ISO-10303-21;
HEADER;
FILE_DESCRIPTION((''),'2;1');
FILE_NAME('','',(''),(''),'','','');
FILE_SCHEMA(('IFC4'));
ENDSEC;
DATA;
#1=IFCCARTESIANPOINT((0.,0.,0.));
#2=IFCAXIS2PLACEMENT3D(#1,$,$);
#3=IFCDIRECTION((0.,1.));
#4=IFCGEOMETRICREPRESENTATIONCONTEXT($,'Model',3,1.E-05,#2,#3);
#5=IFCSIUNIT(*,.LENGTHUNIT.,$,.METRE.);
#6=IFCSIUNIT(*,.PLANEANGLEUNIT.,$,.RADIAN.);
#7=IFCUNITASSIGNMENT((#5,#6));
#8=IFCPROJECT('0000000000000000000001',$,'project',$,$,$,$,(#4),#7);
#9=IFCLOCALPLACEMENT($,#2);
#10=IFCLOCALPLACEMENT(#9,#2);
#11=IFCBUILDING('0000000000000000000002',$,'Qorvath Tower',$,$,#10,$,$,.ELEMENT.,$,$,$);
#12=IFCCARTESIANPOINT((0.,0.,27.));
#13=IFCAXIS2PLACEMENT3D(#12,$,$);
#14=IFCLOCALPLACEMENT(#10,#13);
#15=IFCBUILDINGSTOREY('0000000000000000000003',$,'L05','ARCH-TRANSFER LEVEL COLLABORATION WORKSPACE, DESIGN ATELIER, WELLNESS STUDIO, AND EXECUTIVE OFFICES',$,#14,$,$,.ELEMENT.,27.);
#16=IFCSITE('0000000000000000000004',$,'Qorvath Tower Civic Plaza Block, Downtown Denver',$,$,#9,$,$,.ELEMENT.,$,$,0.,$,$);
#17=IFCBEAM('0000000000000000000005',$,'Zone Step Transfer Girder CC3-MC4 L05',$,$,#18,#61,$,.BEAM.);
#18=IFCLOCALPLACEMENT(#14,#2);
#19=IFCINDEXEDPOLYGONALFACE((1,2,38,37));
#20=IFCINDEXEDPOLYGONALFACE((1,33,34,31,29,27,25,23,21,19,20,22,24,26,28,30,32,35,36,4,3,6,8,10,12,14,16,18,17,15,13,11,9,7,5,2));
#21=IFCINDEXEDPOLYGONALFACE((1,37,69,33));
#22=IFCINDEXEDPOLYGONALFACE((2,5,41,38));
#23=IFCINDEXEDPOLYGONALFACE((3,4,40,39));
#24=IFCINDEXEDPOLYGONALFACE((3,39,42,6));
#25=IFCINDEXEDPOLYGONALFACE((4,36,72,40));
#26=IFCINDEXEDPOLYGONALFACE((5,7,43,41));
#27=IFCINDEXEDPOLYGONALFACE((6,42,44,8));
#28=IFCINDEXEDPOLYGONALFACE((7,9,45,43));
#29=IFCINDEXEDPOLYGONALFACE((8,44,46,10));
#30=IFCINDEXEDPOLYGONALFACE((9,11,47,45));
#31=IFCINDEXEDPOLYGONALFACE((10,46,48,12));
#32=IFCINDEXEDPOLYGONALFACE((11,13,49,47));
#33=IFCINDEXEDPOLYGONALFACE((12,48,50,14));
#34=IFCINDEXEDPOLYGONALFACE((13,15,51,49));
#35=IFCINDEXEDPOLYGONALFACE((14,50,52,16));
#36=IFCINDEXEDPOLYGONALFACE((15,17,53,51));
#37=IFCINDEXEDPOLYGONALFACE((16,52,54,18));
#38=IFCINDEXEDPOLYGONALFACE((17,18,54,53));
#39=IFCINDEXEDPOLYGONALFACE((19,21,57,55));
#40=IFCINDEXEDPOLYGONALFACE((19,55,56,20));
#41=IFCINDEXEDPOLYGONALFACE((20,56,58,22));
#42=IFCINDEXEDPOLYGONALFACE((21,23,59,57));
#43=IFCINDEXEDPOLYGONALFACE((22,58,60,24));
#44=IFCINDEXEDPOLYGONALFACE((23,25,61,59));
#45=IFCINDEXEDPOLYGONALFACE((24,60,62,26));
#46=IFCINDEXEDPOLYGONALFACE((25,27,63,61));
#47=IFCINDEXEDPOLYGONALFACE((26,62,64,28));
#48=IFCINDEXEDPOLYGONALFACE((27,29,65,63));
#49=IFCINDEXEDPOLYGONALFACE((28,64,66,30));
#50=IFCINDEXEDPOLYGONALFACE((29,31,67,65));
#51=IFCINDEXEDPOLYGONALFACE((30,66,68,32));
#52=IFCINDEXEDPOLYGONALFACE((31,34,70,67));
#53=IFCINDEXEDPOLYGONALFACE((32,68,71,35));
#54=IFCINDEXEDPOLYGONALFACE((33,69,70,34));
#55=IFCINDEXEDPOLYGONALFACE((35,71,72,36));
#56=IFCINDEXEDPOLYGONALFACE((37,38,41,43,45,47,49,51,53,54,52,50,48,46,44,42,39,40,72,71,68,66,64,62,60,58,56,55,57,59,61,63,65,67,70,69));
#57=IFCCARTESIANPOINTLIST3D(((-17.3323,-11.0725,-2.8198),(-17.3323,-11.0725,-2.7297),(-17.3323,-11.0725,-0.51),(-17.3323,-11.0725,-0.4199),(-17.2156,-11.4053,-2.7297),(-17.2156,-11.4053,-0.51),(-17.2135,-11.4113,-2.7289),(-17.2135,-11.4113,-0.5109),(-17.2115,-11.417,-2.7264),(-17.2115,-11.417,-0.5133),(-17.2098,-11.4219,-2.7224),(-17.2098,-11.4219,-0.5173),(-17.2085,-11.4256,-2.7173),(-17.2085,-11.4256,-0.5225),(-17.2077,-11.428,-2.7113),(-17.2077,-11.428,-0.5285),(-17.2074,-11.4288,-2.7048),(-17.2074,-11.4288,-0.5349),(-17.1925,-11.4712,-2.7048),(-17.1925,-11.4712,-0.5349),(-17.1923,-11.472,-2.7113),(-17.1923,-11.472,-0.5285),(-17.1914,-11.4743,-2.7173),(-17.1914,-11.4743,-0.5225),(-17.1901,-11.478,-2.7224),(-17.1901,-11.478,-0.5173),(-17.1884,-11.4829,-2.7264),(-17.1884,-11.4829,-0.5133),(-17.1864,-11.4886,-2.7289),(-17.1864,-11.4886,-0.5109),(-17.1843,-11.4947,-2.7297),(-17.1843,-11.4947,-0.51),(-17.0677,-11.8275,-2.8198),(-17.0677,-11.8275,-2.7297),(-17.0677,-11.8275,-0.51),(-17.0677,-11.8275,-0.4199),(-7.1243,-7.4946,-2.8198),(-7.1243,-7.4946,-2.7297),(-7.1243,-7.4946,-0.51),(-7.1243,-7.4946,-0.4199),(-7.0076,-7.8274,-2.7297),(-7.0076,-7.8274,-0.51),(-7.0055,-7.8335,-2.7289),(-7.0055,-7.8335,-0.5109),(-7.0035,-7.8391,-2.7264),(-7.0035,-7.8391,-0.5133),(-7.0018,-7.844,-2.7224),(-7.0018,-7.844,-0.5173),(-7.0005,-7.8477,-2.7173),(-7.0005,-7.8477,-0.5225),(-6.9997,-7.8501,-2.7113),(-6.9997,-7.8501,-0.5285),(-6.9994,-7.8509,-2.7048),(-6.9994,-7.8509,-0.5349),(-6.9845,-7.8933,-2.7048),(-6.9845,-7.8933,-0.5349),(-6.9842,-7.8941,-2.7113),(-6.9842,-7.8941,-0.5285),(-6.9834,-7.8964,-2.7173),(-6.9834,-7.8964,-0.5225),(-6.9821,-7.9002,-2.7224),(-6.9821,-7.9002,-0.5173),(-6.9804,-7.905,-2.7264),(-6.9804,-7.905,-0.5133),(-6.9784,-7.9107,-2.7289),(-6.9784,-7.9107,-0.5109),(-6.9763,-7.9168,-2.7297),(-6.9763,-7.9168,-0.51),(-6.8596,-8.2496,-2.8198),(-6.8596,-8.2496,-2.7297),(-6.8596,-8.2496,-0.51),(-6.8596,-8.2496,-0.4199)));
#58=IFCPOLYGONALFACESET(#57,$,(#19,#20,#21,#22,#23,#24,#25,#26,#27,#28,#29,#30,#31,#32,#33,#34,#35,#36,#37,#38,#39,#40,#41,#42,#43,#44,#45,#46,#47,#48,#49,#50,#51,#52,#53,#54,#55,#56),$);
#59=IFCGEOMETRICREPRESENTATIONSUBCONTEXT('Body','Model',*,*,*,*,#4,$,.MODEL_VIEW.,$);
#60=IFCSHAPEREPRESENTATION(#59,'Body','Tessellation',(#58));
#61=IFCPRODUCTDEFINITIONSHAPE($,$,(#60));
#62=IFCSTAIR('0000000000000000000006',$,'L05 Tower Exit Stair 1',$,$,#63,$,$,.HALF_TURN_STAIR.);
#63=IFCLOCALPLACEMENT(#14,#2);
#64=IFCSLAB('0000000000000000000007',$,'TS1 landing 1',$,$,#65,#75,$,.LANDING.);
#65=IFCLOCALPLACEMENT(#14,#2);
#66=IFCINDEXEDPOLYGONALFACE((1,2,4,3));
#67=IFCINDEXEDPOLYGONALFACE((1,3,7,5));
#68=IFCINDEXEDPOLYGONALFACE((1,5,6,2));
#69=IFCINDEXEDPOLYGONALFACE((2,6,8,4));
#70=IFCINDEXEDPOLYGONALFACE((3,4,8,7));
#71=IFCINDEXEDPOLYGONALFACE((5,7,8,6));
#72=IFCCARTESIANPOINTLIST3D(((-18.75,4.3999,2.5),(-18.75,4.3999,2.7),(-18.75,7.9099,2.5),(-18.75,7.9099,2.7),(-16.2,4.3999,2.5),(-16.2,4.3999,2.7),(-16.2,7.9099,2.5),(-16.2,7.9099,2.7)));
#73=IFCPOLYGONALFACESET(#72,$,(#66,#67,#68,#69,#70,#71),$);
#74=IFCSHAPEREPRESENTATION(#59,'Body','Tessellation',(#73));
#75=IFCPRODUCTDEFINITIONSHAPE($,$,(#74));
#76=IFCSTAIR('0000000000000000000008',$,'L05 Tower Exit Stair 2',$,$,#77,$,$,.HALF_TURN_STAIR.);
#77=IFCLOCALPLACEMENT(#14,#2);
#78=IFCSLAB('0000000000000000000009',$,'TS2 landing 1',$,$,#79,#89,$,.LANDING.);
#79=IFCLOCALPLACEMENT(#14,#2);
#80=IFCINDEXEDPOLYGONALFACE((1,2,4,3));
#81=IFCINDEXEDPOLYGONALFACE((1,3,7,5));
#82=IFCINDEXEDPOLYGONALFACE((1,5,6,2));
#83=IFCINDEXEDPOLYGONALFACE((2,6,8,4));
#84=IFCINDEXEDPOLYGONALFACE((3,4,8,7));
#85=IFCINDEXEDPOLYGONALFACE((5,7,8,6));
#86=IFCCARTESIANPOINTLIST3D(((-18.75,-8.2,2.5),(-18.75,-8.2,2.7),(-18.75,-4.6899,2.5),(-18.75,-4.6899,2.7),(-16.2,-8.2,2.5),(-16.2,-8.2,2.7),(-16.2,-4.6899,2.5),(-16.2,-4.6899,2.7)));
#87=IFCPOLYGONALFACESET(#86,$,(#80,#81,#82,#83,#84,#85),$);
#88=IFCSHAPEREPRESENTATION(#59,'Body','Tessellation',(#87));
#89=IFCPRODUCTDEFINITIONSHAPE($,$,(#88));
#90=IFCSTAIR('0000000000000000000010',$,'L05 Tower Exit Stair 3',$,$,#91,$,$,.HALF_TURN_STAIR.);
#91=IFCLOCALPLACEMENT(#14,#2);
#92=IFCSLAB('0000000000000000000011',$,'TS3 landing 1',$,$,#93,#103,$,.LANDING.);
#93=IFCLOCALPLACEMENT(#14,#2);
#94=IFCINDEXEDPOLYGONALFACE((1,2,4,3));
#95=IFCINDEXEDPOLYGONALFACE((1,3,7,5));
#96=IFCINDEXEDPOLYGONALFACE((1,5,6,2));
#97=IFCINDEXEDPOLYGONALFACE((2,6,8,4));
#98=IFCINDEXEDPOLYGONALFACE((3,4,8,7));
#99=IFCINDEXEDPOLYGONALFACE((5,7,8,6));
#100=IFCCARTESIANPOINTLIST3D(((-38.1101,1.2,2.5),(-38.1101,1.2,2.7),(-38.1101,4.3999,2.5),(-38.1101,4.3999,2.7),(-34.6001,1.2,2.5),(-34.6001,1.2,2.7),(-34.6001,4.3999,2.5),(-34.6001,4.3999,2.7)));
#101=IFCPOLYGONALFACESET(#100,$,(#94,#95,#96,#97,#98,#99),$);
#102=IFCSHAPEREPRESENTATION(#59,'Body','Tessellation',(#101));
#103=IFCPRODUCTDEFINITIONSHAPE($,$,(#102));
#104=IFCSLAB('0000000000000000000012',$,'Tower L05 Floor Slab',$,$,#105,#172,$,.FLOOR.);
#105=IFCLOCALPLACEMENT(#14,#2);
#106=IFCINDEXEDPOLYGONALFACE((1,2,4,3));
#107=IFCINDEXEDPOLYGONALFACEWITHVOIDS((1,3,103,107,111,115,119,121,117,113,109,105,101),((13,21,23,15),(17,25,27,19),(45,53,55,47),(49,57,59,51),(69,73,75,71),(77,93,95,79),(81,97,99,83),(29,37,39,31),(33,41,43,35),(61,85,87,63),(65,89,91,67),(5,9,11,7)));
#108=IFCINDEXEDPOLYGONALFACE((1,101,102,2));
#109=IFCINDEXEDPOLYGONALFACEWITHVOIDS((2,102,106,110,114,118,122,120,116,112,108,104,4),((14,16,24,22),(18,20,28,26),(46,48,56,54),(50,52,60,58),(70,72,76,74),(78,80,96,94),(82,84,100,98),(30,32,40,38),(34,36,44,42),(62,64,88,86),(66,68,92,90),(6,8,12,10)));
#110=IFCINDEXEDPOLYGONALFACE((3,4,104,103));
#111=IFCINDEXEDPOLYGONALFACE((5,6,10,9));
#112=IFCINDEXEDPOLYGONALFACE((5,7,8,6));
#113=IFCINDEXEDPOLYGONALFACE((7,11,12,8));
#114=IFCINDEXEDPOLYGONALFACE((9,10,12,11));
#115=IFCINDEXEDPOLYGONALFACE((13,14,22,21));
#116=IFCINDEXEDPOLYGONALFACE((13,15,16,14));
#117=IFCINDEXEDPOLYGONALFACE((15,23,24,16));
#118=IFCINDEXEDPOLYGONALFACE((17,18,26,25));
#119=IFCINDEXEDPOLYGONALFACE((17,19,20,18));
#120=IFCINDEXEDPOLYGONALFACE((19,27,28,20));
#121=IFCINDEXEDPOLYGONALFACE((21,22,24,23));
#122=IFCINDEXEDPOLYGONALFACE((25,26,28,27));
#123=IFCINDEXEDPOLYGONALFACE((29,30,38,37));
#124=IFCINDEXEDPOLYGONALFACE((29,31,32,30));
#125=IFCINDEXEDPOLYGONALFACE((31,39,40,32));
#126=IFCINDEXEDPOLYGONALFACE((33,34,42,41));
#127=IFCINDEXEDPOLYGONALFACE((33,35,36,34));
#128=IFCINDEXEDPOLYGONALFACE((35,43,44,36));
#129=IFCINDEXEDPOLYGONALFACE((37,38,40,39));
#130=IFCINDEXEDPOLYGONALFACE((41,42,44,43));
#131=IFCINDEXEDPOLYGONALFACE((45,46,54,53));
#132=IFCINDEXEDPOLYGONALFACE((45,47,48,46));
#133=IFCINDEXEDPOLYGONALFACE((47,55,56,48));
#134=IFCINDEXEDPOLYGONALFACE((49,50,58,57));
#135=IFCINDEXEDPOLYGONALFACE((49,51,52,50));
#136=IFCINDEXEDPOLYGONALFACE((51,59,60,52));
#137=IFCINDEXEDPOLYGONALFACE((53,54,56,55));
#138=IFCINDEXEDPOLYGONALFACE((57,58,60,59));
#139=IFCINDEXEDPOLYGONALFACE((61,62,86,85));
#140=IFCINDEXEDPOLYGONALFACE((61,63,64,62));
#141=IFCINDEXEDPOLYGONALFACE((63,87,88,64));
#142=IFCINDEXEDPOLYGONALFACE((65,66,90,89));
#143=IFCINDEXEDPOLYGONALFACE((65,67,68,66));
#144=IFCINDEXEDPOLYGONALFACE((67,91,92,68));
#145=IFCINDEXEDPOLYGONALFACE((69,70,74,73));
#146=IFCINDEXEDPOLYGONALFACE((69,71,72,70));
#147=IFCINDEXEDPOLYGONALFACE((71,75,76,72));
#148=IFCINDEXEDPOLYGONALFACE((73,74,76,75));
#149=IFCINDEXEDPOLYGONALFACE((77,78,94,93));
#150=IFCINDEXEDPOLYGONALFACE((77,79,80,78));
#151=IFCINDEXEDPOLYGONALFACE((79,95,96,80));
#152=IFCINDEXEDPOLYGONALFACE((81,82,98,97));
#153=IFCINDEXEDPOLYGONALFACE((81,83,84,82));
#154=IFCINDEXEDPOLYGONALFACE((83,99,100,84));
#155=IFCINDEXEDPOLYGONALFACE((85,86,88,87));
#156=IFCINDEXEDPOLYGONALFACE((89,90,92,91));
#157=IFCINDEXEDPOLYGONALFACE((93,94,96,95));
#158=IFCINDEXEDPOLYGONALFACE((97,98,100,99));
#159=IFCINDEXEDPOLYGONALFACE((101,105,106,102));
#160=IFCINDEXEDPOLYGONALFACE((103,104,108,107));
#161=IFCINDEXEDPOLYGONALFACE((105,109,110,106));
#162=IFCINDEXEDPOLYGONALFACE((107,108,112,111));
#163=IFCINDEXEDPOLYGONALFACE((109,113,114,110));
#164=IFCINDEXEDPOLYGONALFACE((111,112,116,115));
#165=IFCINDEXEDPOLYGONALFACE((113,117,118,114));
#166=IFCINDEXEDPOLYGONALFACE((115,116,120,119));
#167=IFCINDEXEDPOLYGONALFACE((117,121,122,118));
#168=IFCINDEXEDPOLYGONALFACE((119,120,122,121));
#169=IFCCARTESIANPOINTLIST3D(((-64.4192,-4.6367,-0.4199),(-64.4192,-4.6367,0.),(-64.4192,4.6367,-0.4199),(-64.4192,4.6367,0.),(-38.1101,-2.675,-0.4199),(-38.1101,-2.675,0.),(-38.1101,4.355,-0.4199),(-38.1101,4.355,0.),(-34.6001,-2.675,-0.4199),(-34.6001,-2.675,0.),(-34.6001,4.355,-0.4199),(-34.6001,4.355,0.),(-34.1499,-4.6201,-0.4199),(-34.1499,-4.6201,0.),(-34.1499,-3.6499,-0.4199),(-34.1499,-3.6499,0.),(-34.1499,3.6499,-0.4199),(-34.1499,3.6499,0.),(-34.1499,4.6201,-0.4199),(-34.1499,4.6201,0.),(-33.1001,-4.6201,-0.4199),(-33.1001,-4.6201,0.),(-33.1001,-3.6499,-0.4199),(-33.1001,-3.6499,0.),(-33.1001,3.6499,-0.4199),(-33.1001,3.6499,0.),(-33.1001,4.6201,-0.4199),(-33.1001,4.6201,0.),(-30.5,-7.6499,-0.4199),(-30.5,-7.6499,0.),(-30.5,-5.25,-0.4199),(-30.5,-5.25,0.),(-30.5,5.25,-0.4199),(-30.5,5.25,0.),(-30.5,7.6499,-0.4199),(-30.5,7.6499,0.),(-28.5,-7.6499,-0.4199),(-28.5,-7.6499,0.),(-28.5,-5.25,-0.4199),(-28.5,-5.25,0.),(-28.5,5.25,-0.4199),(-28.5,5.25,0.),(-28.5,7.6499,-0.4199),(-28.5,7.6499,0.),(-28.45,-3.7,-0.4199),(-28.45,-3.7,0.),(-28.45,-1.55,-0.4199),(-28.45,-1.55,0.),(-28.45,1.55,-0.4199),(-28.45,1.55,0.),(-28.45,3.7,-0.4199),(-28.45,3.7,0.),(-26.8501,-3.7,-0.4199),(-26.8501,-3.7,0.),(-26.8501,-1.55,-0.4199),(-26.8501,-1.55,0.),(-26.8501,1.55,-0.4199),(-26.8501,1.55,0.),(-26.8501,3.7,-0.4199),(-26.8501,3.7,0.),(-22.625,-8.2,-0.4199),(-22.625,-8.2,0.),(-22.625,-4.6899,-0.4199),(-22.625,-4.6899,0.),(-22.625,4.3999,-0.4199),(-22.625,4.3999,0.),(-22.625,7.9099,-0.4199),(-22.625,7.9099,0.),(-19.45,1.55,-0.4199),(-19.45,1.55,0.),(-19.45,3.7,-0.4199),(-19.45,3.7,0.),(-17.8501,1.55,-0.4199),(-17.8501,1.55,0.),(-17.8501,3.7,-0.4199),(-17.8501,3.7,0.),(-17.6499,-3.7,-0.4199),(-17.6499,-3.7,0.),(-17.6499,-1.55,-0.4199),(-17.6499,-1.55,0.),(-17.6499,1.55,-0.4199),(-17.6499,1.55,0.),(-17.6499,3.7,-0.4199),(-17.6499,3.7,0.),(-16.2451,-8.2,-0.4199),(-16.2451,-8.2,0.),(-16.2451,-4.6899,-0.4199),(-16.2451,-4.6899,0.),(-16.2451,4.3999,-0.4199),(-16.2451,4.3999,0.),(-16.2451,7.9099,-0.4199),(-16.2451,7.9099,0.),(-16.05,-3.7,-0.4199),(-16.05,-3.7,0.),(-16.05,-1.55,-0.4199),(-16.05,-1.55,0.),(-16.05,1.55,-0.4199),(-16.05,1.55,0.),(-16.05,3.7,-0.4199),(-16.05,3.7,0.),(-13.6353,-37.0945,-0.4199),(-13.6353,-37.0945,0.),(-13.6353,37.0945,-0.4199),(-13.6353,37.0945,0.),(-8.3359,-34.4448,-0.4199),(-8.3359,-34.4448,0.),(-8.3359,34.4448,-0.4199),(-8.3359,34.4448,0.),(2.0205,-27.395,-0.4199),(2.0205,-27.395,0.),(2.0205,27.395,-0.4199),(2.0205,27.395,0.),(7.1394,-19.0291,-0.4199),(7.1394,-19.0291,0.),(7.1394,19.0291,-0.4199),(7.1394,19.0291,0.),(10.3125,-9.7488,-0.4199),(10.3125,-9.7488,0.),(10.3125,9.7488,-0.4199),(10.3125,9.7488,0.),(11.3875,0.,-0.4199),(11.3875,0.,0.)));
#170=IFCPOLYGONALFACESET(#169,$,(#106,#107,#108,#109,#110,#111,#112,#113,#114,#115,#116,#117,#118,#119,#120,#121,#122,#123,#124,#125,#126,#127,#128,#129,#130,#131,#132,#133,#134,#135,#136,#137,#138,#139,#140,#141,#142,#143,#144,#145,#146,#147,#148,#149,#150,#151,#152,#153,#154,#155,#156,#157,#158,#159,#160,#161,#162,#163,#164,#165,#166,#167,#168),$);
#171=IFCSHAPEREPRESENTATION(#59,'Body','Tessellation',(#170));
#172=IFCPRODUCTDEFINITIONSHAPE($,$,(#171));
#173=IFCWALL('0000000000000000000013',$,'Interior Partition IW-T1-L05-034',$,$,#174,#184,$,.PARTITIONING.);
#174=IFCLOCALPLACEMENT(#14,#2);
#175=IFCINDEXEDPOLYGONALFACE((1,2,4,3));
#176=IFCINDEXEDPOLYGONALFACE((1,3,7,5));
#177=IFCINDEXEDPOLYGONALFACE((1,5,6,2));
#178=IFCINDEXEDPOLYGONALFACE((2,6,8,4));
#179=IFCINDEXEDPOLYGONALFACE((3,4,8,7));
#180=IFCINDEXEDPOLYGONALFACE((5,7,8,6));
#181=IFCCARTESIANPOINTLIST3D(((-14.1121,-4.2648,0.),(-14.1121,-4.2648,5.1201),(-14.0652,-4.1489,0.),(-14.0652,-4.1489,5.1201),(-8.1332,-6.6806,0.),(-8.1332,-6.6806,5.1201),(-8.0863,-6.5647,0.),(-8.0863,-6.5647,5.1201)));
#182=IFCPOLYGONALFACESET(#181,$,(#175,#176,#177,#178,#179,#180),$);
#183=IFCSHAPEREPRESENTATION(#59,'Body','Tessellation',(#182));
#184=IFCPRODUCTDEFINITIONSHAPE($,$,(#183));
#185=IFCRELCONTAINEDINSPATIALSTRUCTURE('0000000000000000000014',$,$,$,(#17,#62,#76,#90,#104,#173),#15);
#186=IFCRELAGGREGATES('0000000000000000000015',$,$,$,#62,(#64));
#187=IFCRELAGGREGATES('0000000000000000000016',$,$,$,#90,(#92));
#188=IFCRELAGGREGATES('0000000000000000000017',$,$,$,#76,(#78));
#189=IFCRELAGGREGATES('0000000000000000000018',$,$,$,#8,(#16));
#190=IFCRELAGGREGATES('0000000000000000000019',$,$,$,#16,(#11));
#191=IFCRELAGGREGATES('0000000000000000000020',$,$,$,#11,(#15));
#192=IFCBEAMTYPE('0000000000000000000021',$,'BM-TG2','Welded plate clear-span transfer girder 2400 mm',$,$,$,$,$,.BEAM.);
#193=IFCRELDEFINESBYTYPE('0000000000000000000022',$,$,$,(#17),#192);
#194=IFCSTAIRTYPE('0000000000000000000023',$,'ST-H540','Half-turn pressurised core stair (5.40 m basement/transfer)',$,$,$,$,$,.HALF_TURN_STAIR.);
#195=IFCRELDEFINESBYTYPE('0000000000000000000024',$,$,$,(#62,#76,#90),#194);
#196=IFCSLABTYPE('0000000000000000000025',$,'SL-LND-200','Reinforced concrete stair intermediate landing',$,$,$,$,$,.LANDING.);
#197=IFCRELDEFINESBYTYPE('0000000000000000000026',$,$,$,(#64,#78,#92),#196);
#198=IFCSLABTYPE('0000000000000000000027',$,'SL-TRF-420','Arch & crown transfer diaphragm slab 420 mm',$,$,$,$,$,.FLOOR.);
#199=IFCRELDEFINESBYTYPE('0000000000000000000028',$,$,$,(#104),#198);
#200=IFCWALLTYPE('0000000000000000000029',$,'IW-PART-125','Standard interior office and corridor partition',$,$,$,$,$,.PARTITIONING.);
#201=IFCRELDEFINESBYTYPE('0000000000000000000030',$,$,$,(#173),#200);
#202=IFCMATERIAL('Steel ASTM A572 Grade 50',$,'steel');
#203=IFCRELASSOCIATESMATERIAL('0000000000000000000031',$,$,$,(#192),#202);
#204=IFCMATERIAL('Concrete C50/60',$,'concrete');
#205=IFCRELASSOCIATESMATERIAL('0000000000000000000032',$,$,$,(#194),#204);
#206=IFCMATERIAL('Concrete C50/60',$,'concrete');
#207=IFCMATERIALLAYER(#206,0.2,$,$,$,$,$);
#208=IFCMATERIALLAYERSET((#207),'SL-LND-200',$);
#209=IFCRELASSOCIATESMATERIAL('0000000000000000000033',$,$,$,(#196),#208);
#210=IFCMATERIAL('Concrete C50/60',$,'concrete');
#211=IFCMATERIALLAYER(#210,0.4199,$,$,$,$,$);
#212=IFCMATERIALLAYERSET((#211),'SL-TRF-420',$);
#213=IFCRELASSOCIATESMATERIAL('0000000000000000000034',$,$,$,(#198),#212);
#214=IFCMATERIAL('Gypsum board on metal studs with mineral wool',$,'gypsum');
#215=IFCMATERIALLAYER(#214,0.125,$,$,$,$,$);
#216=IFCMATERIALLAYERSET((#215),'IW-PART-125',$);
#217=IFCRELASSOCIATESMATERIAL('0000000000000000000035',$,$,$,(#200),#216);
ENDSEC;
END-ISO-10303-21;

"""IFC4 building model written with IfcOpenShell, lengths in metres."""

from ifc_helpers import new_model, si_unit, direction, frame, frame_2d, origin, origin_2d, place, context, subcontext, project, spatial, polyline, rectangle, i_section, outline, extrude, material, layer, layer_set, material_profile, profile_set, type_object, element, aggregate, save


model = new_model("IFC4")

# Units and contexts
model_context = context("Model", 3, precision=1e-05, world=origin(), true_north=direction((0.0, 1.0)))
body_context = subcontext(model_context, "Body", "Model", "MODEL_VIEW")
ifc_project = project(units=[si_unit("LENGTHUNIT", "METRE"), si_unit("PLANEANGLEUNIT", "RADIAN")], contexts=[model_context])

# Site, building, storey
site_placement = place(None, origin())
site = spatial("IfcSite", under=ifc_project, at=site_placement, Name="Qorvath Tower Civic Plaza Block, Downtown Denver", CompositionType="ELEMENT", RefElevation=0.0)
building_placement = place(site_placement, origin())
building = spatial("IfcBuilding", under=site, at=building_placement, Name="Qorvath Tower", CompositionType="ELEMENT")
storey_placement = place(building_placement, frame((0.0, 0.0, 27.0)))
storey = spatial("IfcBuildingStorey", under=building, at=storey_placement, Name="L05", Description="ARCH-TRANSFER LEVEL COLLABORATION WORKSPACE, DESIGN ATELIER, WELLNESS STUDIO, AND EXECUTIVE OFFICES", CompositionType="ELEMENT", Elevation=27.0)

# Beam
ifc_material_1 = material(Name="Steel ASTM A572 Grade 50", Category="steel")
ifc_material_profile = material_profile(ifc_material_1, i_section(OverallWidth=0.8, OverallDepth=2.3999, WebThickness=0.0449, FlangeThickness=0.0901, FilletRadius=0.0249, at=origin_2d()), Name="WTG 2400x800")
ifc_profile_set = profile_set([ifc_material_profile], Name="Steel ASTM A572 Grade 50")
beam_type = type_object("IfcBeamType", Name="BM-TG2", Description="Welded plate clear-span transfer girder 2400 mm", PredefinedType="BEAM", material=ifc_profile_set)
beam_placement = place(storey_placement, frame((-6.9919, -7.8721, -1.6199), z_axis=(-0.943712, -0.330769, 0.0), x_axis=(0.330769, -0.943712, 0.0)))
element("IfcBeam", 1, at=beam_placement, inside=storey, type_object=beam_type, Name="Zone Step Transfer Girder CC3-MC4 L05", PredefinedType="BEAM", context=body_context, shape_type="SweptSolid", body=[
    extrude(i_section(OverallWidth=0.8, OverallDepth=2.3999, WebThickness=0.0449, FlangeThickness=0.0901, FilletRadius=0.0249, at=origin_2d()), origin(), (0.0, 0.0, 1.0), 10.8169),
])

# Stairs, slabs
ifc_material_2 = material(Name="Concrete C50/60", Category="concrete")
stair_type = type_object("IfcStairType", Name="ST-H540", Description="Half-turn pressurised core stair (5.40 m basement/transfer)", PredefinedType="HALF_TURN_STAIR", material=ifc_material_2)
stair_1_placement = place(storey_placement, origin())
stair_1 = element("IfcStair", 2, at=stair_1_placement, inside=storey, type_object=stair_type, Name="L05 Tower Exit Stair 1", PredefinedType="HALF_TURN_STAIR")
ifc_material_3 = material(Name="Concrete C50/60", Category="concrete")
ifc_layer_1 = layer(ifc_material_3, 0.2)
ifc_layer_set_1 = layer_set([ifc_layer_1], Name="SL-LND-200")
slab_type_1 = type_object("IfcSlabType", Name="SL-LND-200", Description="Reinforced concrete stair intermediate landing", PredefinedType="LANDING", material=ifc_layer_set_1)
slab_1_placement = place(storey_placement, frame((0.0, 0.0, 2.5)))
slab_1 = element("IfcSlab", 3, at=slab_1_placement, type_object=slab_type_1, Name="TS1 landing 1", PredefinedType="LANDING", context=body_context, shape_type="SweptSolid", body=[
    extrude(outline(polyline([(-18.75, 4.3999), (-16.2, 4.3999), (-16.2, 7.9099), (-18.75, 7.9099), (-18.75, 4.3999)])), origin(), (0.0, 0.0, 1.0), 0.2),
])
aggregate(stair_1, [slab_1])
stair_2_placement = place(storey_placement, origin())
stair_2 = element("IfcStair", 4, at=stair_2_placement, inside=storey, type_object=stair_type, Name="L05 Tower Exit Stair 2", PredefinedType="HALF_TURN_STAIR")
slab_2_placement = place(storey_placement, frame((0.0, 0.0, 2.5)))
slab_2 = element("IfcSlab", 5, at=slab_2_placement, type_object=slab_type_1, Name="TS2 landing 1", PredefinedType="LANDING", context=body_context, shape_type="SweptSolid", body=[
    extrude(outline(polyline([(-18.75, -8.2), (-16.2, -8.2), (-16.2, -4.6899), (-18.75, -4.6899), (-18.75, -8.2)])), origin(), (0.0, 0.0, 1.0), 0.2),
])
stair_3_placement = place(storey_placement, origin())
stair_3 = element("IfcStair", 6, at=stair_3_placement, inside=storey, type_object=stair_type, Name="L05 Tower Exit Stair 3", PredefinedType="HALF_TURN_STAIR")
slab_3_placement = place(storey_placement, frame((0.0, 0.0, 2.5)))
slab_3 = element("IfcSlab", 7, at=slab_3_placement, type_object=slab_type_1, Name="TS3 landing 1", PredefinedType="LANDING", context=body_context, shape_type="SweptSolid", body=[
    extrude(outline(polyline([(-34.6001, 1.2), (-34.6001, 4.3999), (-38.1101, 4.3999), (-38.1101, 1.2), (-34.6001, 1.2)])), origin(), (0.0, 0.0, 1.0), 0.2),
])
aggregate(stair_3, [slab_3])

# Slab
ifc_material_4 = material(Name="Concrete C50/60", Category="concrete")
ifc_layer_2 = layer(ifc_material_4, 0.4199)
ifc_layer_set_2 = layer_set([ifc_layer_2], Name="SL-TRF-420")
slab_type_2 = type_object("IfcSlabType", Name="SL-TRF-420", Description="Arch & crown transfer diaphragm slab 420 mm", PredefinedType="FLOOR", material=ifc_layer_set_2)
slab_4_placement = place(storey_placement, frame((0.0, 0.0, -0.4199)))
element("IfcSlab", 8, at=slab_4_placement, inside=storey, type_object=slab_type_2, Name="Tower L05 Floor Slab", PredefinedType="FLOOR", context=body_context, shape_type="SweptSolid", body=[
    extrude(outline(polyline([(-64.4192, 4.6367), (-64.4192, -4.6367), (-13.6353, -37.0945), (-8.3359, -34.4448), (2.0205, -27.395), (7.1394, -19.0291), (10.3125, -9.7488), (11.3875, 0.0), (10.3125, 9.7488), (7.1394, 19.0291), (2.0205, 27.395), (-8.3359, 34.4448), (-13.6353, 37.0945), (-64.4192, 4.6367)]), holes=[polyline([(-17.6499, -3.7), (-17.6499, -1.55), (-16.05, -1.55), (-16.05, -3.7), (-17.6499, -3.7)]), polyline([(-17.6499, 1.55), (-17.6499, 3.7), (-16.05, 3.7), (-16.05, 1.55), (-17.6499, 1.55)]), polyline([(-16.2451, -8.2), (-22.625, -8.2), (-22.625, -4.6899), (-16.2451, -4.6899), (-16.2451, -8.2)]), polyline([(-22.625, 4.3999), (-22.625, 7.9099), (-16.2451, 7.9099), (-16.2451, 4.3999), (-22.625, 4.3999)]), polyline([(-17.8501, 1.55), (-19.45, 1.55), (-19.45, 3.7), (-17.8501, 3.7), (-17.8501, 1.55)]), polyline([(-28.45, -3.7), (-28.45, -1.55), (-26.8501, -1.55), (-26.8501, -3.7), (-28.45, -3.7)]), polyline([(-26.8501, 1.55), (-28.45, 1.55), (-28.45, 3.7), (-26.8501, 3.7), (-26.8501, 1.55)]), polyline([(-28.5, -7.6499), (-30.5, -7.6499), (-30.5, -5.25), (-28.5, -5.25), (-28.5, -7.6499)]), polyline([(-30.5, 5.25), (-30.5, 7.6499), (-28.5, 7.6499), (-28.5, 5.25), (-30.5, 5.25)]), polyline([(-34.1499, -4.6201), (-34.1499, -3.6499), (-33.1001, -3.6499), (-33.1001, -4.6201), (-34.1499, -4.6201)]), polyline([(-34.1499, 3.6499), (-34.1499, 4.6201), (-33.1001, 4.6201), (-33.1001, 3.6499), (-34.1499, 3.6499)]), polyline([(-34.6001, -2.675), (-38.1101, -2.675), (-38.1101, 4.355), (-34.6001, 4.355), (-34.6001, -2.675)])]), origin(), (0.0, 0.0, 1.0), 0.4199),
])

# Wall
ifc_material_5 = material(Name="Gypsum board on metal studs with mineral wool", Category="gypsum")
ifc_layer_3 = layer(ifc_material_5, 0.125)
ifc_layer_set_3 = layer_set([ifc_layer_3], Name="IW-PART-125")
wall_type_1 = type_object("IfcWallType", Name="IW-PART-125", Description="Standard interior office and corridor partition", PredefinedType="PARTITIONING", material=ifc_layer_set_3)
wall_1_placement = place(storey_placement, frame((-8.1099, -6.6226, 0.0), z_axis=(0.0, 0.0, 1.0), x_axis=(-0.927179, 0.37462, 0.0)))
element("IfcWall", 9, at=wall_1_placement, inside=storey, type_object=wall_type_1, Name="Interior Partition IW-T1-L05-034", PredefinedType="PARTITIONING", context=body_context, shape_type="SweptSolid", body=[
    extrude(rectangle(XDim=6.4485, YDim=0.125, at=frame_2d((3.2241, 0.0))), origin(), (0.0, 0.0, 1.0), 5.1201),
])

aggregate(stair_2, [slab_2])

save(model, "model.ifc")
